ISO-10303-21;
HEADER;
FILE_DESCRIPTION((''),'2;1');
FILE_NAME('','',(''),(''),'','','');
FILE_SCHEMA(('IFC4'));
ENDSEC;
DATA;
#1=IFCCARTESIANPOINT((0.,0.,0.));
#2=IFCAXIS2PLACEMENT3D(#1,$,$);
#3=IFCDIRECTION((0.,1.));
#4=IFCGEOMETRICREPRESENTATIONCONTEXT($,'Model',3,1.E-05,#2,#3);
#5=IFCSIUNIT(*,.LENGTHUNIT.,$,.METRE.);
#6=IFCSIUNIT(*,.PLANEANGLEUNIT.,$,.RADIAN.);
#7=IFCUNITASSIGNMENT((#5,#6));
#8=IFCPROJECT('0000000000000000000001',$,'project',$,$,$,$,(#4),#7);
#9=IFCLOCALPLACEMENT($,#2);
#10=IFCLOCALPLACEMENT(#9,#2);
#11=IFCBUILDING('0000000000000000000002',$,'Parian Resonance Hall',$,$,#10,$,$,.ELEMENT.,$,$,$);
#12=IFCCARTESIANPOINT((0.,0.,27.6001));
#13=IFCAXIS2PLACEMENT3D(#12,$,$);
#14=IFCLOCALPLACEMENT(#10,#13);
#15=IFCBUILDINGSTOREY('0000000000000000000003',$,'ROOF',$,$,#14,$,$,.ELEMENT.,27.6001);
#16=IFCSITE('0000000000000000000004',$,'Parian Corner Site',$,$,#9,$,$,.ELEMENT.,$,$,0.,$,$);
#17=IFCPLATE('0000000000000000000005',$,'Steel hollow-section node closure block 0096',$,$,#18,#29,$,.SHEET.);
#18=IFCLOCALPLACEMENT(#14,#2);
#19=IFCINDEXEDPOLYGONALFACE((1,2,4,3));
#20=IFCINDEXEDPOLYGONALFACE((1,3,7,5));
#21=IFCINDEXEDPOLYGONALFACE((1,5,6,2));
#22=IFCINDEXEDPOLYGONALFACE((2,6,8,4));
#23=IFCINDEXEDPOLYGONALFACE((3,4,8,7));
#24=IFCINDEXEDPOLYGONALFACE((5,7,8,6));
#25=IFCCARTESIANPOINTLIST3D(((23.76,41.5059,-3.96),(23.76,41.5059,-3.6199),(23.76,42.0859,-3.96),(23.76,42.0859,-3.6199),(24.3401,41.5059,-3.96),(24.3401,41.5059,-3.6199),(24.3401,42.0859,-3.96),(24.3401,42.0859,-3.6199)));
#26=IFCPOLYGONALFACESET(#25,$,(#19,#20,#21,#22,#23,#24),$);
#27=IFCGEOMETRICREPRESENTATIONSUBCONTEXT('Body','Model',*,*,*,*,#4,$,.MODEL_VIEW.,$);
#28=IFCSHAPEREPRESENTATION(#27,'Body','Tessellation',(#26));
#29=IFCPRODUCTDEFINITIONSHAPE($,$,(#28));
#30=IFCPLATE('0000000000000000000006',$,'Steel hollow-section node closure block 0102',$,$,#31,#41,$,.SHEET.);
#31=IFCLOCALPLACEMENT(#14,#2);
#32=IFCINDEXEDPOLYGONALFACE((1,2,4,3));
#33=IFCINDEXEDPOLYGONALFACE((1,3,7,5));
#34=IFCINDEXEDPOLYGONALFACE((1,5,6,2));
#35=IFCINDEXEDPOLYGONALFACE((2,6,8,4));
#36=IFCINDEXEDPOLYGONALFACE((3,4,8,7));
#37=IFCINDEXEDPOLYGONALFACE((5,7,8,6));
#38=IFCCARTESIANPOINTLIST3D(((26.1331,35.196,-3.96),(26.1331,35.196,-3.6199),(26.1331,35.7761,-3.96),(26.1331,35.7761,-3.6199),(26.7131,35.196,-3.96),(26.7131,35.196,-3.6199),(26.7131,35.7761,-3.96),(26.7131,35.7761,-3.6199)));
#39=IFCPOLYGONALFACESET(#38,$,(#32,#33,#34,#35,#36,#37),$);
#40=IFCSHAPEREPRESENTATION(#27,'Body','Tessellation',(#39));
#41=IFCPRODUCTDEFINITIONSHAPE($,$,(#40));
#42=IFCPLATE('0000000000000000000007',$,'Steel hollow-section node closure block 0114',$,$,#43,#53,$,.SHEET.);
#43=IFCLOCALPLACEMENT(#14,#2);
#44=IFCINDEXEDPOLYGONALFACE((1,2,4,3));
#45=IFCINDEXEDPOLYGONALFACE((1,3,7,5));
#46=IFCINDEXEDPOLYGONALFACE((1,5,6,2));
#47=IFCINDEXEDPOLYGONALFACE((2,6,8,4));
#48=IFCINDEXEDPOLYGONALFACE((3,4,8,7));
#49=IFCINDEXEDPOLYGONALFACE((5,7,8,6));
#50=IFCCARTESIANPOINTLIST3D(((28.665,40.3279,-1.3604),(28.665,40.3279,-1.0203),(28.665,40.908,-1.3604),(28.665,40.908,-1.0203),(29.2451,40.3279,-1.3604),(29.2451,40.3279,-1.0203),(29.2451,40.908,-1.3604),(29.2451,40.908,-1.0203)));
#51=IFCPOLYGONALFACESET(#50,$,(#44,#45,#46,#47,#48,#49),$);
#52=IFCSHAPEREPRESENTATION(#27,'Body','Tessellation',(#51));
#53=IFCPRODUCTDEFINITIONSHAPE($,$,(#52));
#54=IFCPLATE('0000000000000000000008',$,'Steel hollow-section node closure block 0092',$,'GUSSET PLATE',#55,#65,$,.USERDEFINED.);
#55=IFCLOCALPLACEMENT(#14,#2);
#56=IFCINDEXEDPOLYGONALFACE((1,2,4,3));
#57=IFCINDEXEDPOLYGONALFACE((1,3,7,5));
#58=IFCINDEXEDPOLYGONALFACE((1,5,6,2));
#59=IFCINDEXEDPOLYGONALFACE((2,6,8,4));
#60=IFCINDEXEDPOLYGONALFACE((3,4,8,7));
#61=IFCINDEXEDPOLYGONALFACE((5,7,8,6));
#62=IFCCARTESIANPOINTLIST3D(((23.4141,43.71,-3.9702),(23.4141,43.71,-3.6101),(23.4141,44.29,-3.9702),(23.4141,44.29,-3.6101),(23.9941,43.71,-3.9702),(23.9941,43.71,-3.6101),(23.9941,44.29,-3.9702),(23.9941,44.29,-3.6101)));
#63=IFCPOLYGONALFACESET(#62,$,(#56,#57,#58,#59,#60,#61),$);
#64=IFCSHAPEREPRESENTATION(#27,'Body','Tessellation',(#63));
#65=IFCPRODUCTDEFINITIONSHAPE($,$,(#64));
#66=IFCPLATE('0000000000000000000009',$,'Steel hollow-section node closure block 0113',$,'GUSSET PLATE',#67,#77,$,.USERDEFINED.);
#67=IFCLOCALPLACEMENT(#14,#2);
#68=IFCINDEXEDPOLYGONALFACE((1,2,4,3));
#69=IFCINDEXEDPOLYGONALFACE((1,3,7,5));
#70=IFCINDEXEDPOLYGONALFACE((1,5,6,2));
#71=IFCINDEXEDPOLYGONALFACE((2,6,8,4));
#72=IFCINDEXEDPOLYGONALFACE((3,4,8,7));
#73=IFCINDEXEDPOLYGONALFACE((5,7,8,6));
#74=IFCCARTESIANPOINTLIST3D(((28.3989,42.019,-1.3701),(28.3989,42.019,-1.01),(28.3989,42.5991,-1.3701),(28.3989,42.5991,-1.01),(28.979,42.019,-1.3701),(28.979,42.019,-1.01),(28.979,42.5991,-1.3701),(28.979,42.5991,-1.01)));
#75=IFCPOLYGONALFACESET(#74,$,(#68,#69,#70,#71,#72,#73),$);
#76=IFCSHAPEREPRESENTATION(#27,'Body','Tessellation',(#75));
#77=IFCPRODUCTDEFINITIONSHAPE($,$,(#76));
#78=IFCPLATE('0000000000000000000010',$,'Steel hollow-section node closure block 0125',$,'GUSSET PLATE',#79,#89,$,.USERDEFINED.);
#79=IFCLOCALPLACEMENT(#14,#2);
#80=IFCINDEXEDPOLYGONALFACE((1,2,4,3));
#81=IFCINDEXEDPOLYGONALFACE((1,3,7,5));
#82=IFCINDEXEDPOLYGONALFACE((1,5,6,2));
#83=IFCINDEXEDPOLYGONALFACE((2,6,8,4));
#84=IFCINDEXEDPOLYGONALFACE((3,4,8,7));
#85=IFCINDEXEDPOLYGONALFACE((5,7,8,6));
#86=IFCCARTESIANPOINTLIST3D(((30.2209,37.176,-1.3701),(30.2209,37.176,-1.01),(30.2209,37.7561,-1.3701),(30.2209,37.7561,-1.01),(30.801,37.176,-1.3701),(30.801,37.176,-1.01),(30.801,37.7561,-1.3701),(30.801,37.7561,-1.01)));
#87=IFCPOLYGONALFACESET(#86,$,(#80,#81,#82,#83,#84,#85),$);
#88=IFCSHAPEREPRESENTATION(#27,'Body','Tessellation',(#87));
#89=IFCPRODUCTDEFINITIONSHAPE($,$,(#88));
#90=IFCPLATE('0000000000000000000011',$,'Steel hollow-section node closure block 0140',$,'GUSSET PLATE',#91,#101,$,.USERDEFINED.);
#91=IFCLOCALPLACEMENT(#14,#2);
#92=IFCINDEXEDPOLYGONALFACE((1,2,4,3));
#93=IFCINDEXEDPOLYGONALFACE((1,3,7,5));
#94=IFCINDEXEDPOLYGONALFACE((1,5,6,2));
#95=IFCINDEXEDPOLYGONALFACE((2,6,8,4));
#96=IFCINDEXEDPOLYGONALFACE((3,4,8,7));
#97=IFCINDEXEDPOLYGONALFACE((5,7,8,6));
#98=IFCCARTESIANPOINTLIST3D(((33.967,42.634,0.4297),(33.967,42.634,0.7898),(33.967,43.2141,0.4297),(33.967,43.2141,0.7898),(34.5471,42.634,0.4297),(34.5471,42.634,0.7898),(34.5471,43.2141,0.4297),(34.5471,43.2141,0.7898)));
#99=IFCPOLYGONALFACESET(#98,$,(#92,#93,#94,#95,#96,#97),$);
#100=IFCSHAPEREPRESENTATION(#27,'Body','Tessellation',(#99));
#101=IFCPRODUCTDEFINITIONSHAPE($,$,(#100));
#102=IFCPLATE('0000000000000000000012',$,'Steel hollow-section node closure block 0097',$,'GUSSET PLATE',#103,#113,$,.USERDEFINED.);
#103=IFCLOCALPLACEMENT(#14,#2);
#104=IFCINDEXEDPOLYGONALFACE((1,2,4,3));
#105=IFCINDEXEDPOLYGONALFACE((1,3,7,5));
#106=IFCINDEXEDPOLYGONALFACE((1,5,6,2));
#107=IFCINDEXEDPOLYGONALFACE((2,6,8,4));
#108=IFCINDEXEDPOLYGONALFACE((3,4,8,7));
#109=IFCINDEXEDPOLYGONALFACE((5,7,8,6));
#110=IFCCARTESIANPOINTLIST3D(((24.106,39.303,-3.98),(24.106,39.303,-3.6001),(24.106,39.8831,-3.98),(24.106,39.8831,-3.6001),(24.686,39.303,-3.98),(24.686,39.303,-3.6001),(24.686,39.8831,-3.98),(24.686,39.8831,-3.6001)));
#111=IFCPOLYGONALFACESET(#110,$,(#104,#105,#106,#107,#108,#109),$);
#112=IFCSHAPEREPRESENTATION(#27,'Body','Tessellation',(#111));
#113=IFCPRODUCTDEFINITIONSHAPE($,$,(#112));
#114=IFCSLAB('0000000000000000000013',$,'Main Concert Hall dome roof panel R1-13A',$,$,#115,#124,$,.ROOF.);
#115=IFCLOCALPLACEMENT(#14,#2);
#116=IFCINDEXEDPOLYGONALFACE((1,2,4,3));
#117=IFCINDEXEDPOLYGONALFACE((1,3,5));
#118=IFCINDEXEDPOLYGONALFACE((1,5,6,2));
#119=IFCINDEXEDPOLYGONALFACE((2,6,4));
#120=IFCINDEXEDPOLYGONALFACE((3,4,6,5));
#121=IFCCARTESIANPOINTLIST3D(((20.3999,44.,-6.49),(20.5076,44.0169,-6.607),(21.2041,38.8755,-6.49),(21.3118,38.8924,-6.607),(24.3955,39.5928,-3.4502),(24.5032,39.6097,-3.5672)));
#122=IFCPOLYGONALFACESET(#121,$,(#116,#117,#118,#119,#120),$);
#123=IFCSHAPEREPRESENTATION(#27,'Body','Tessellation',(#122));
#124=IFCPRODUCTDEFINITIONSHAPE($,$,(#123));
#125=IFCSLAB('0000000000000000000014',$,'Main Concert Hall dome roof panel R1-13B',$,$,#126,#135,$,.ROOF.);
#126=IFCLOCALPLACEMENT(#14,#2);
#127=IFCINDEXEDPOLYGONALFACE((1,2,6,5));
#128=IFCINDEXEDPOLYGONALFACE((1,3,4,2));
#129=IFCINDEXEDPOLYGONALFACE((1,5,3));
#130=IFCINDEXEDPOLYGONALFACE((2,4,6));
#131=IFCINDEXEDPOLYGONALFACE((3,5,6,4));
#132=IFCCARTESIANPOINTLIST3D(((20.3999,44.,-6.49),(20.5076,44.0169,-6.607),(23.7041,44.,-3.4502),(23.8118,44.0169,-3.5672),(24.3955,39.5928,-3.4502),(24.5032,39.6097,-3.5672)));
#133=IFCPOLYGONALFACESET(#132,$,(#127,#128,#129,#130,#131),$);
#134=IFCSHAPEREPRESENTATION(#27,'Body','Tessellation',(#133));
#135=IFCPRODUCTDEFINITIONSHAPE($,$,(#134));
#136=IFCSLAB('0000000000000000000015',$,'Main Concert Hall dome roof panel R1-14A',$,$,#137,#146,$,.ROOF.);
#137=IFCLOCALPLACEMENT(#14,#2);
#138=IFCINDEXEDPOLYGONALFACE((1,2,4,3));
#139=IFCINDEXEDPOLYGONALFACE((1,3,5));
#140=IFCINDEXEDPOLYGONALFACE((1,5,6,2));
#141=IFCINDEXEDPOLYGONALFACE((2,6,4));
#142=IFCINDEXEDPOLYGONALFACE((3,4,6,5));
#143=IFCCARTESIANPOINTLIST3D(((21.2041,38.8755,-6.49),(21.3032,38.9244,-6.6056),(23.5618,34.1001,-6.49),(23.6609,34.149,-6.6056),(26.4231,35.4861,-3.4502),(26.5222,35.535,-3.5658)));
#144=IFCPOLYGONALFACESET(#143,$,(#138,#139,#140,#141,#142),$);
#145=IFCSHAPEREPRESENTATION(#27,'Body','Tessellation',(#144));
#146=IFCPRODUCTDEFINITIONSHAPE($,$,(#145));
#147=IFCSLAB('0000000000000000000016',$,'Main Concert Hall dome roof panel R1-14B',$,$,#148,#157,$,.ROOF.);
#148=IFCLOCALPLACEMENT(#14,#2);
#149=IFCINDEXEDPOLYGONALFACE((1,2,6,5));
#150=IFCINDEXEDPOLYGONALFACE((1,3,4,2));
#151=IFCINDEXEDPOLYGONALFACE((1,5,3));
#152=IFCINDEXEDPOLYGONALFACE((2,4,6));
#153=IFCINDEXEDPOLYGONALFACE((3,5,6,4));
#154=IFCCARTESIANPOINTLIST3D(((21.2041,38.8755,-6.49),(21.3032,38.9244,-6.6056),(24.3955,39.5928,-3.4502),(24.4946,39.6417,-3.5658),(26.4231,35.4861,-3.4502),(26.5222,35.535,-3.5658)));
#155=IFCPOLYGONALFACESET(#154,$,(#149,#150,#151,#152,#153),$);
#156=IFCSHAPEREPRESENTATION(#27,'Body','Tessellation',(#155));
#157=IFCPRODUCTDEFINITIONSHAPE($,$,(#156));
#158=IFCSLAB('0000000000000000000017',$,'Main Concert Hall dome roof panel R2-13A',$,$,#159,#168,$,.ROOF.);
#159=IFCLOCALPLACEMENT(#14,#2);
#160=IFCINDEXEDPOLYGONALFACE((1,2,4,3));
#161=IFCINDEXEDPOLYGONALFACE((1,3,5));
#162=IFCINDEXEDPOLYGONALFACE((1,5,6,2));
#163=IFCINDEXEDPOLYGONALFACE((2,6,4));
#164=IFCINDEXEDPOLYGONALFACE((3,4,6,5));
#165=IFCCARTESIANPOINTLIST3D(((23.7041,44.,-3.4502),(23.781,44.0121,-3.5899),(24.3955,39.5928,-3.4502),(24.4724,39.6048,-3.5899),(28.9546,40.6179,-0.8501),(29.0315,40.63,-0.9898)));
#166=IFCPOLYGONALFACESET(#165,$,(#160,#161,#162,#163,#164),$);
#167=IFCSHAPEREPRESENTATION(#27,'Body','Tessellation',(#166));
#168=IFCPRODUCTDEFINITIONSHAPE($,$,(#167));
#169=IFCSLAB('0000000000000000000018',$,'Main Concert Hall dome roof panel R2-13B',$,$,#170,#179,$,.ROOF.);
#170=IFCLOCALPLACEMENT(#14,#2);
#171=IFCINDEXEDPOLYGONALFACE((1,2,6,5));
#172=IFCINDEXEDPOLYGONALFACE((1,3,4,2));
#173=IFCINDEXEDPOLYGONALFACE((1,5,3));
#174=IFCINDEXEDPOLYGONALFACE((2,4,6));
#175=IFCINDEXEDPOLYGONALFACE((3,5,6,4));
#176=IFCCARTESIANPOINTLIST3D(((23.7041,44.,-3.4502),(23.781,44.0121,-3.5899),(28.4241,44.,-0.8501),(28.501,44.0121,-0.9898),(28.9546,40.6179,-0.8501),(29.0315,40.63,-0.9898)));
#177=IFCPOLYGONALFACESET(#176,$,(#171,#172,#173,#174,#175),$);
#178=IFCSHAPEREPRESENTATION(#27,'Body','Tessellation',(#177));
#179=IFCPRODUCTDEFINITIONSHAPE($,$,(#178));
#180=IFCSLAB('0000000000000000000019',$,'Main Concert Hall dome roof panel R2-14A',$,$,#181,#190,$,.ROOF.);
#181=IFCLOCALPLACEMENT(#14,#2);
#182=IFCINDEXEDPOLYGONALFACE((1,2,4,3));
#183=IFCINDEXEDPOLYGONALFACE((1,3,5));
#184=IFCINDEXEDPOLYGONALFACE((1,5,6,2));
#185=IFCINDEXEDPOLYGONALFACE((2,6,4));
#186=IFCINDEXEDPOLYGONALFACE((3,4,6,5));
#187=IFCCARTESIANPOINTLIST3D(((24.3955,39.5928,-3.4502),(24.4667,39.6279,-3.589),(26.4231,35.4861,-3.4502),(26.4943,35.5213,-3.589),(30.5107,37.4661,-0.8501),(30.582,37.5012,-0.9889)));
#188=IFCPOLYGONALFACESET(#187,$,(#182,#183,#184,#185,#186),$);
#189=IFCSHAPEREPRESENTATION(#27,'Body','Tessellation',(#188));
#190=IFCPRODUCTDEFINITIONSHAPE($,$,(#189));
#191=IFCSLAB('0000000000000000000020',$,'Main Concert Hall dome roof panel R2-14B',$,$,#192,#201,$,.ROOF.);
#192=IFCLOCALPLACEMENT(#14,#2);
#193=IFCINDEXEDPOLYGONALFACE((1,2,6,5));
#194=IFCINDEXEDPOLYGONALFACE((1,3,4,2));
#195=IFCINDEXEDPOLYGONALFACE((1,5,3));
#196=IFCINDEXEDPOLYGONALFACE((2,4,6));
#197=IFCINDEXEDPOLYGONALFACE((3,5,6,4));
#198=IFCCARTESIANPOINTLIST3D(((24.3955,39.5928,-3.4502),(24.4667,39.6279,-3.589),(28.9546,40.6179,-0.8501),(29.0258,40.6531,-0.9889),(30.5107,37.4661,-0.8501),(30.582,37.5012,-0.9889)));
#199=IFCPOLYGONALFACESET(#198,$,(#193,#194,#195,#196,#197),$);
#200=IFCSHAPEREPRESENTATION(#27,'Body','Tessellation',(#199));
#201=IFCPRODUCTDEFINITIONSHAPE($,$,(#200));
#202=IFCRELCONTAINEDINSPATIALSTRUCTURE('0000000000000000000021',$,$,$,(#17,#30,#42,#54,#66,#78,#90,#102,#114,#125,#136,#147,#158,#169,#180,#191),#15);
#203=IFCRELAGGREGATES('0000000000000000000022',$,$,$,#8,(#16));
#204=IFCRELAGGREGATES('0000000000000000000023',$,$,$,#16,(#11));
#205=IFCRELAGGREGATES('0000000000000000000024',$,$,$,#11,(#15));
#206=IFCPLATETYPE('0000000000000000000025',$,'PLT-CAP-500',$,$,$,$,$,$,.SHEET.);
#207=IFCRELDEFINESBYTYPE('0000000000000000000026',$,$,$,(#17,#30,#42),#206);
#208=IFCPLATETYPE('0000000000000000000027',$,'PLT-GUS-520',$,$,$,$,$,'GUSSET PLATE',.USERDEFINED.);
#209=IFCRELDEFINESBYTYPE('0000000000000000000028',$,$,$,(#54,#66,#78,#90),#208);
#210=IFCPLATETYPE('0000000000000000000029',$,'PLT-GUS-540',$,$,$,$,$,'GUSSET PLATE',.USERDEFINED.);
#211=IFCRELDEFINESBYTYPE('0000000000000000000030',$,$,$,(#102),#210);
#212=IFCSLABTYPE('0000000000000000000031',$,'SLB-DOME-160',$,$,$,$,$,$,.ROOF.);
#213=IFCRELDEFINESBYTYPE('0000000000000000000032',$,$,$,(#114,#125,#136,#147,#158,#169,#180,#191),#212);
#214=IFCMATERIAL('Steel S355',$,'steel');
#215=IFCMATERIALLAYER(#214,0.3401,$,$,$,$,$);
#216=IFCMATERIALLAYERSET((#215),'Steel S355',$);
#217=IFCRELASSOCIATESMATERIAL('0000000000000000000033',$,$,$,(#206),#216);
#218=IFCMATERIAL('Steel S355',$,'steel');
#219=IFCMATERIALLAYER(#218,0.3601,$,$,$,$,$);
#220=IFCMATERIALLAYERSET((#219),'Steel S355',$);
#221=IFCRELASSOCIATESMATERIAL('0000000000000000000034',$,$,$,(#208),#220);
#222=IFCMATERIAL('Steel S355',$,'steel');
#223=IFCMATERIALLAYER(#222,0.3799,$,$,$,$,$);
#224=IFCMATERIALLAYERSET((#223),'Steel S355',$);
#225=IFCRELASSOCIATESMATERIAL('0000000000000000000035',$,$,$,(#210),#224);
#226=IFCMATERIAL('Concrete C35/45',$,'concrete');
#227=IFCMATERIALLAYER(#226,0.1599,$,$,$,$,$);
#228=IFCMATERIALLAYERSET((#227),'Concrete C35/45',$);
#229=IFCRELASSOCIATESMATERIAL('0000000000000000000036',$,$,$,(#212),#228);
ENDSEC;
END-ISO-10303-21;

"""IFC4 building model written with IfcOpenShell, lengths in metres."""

from ifc_helpers import new_model, si_unit, direction, frame, origin, origin_2d, place, context, subcontext, project, spatial, polyline, rectangle, outline, extrude, material, layer, layer_set, type_object, element, save


model = new_model("IFC4")

# Units and contexts
model_context = context("Model", 3, precision=1e-05, world=origin(), true_north=direction((0.0, 1.0)))
body_context = subcontext(model_context, "Body", "Model", "MODEL_VIEW")
ifc_project = project(units=[si_unit("LENGTHUNIT", "METRE"), si_unit("PLANEANGLEUNIT", "RADIAN")], contexts=[model_context])

# Site, building, storey
site_placement = place(None, origin())
site = spatial("IfcSite", under=ifc_project, at=site_placement, Name="Parian Corner Site", CompositionType="ELEMENT", RefElevation=0.0)
building_placement = place(site_placement, origin())
building = spatial("IfcBuilding", under=site, at=building_placement, Name="Parian Resonance Hall", CompositionType="ELEMENT")
storey_placement = place(building_placement, frame((0.0, 0.0, 27.6001)))
storey = spatial("IfcBuildingStorey", under=building, at=storey_placement, Name="ROOF", CompositionType="ELEMENT", Elevation=27.6001)

# Plates
ifc_material_1 = material(Name="Steel S355", Category="steel")
ifc_layer_1 = layer(ifc_material_1, 0.3401)
ifc_layer_set_1 = layer_set([ifc_layer_1], Name="Steel S355")
plate_type_1 = type_object("IfcPlateType", Name="PLT-CAP-500", PredefinedType="SHEET", material=ifc_layer_set_1)
for number, where, z_axis, x_axis, name in (
    (1, (24.05, 41.7959, -3.96), (0.0, 0.0, 1.0), (1.0, 0.0, 0.0), "Steel hollow-section node closure block 0096"),
    (2, (26.4231, 35.4861, -3.96), (0.0, 0.0, 1.0), (1.0, 0.0, 0.0), "Steel hollow-section node closure block 0102"),
    (3, (28.9551, 40.6179, -1.3604), (0.0, 0.0, 1.0), (1.0, 0.0, 0.0), "Steel hollow-section node closure block 0114"),
):
    element("IfcPlate", number, at=place(storey_placement, frame(where, z_axis=z_axis, x_axis=x_axis)), inside=storey, type_object=plate_type_1, Name=name, PredefinedType="SHEET", context=body_context, shape_type="SweptSolid", body=[
        extrude(rectangle(XDim=0.5801, YDim=0.5801, at=origin_2d()), origin(), (0.0, 0.0, 1.0), 0.3401),
    ])
ifc_material_2 = material(Name="Steel S355", Category="steel")
ifc_layer_2 = layer(ifc_material_2, 0.3601)
ifc_layer_set_2 = layer_set([ifc_layer_2], Name="Steel S355")
plate_type_2 = type_object("IfcPlateType", Name="PLT-GUS-520", ElementType="GUSSET PLATE", PredefinedType="USERDEFINED", material=ifc_layer_set_2)
for number, where, z_axis, x_axis, name in (
    (4, (23.7041, 44.0, -3.9702), (0.0, 0.0, 1.0), (1.0, 0.0, 0.0), "Steel hollow-section node closure block 0092"),
    (5, (28.689, 42.3091, -1.3701), (0.0, 0.0, 1.0), (1.0, 0.0, 0.0), "Steel hollow-section node closure block 0113"),
    (6, (30.511, 37.4661, -1.3701), (0.0, 0.0, 1.0), (1.0, 0.0, 0.0), "Steel hollow-section node closure block 0125"),
    (7, (34.2571, 42.9241, 0.4297), (0.0, 0.0, 1.0), (1.0, 0.0, 0.0), "Steel hollow-section node closure block 0140"),
):
    element("IfcPlate", number, at=place(storey_placement, frame(where, z_axis=z_axis, x_axis=x_axis)), inside=storey, type_object=plate_type_2, Name=name, ObjectType="GUSSET PLATE", PredefinedType="USERDEFINED", context=body_context, shape_type="SweptSolid", body=[
        extrude(rectangle(XDim=0.5801, YDim=0.5801, at=origin_2d()), origin(), (0.0, 0.0, 1.0), 0.3601),
    ])
ifc_material_3 = material(Name="Steel S355", Category="steel")
ifc_layer_3 = layer(ifc_material_3, 0.3799)
ifc_layer_set_3 = layer_set([ifc_layer_3], Name="Steel S355")
plate_type_3 = type_object("IfcPlateType", Name="PLT-GUS-540", ElementType="GUSSET PLATE", PredefinedType="USERDEFINED", material=ifc_layer_set_3)
plate_1_placement = place(storey_placement, frame((24.396, 39.593, -3.98), z_axis=(0.0, 0.0, 1.0), x_axis=(1.0, 0.0, 0.0)))
element("IfcPlate", 8, at=plate_1_placement, inside=storey, type_object=plate_type_3, Name="Steel hollow-section node closure block 0097", ObjectType="GUSSET PLATE", PredefinedType="USERDEFINED", context=body_context, shape_type="SweptSolid", body=[
    extrude(rectangle(XDim=0.5801, YDim=0.5801, at=origin_2d()), origin(), (0.0, 0.0, 1.0), 0.3799),
])

# Slabs
ifc_material_4 = material(Name="Concrete C35/45", Category="concrete")
ifc_layer_4 = layer(ifc_material_4, 0.1599)
ifc_layer_set_4 = layer_set([ifc_layer_4], Name="Concrete C35/45")
slab_type = type_object("IfcSlabType", Name="SLB-DOME-160", PredefinedType="ROOF", material=ifc_layer_set_4)
slab_1_placement = place(storey_placement, frame((20.3999, 44.0, -6.49), z_axis=(-0.673284, -0.10566, 0.731796), x_axis=(0.155034, -0.987909, 0.0)))
element("IfcSlab", 9, at=slab_1_placement, inside=storey, type_object=slab_type, Name="Main Concert Hall dome roof panel R1-13A", PredefinedType="ROOF", context=body_context, shape_type="SweptSolid", body=[
    extrude(outline(polyline([(0.0, 0.0), (5.1872, 0.0), (4.9734, 4.4603), (0.0, 0.0)])), origin(), (0.0, 0.0, -1.0), 0.1599),
])
slab_2_placement = place(storey_placement, frame((20.3999, 44.0, -6.49), z_axis=(-0.673261, -0.105621, 0.731822), x_axis=(0.598101, -0.659717, 0.455026)))
element("IfcSlab", 10, at=slab_2_placement, inside=storey, type_object=slab_type, Name="Main Concert Hall dome roof panel R1-13B", PredefinedType="ROOF", context=body_context, shape_type="SweptSolid", body=[
    extrude(outline(polyline([(0.0, 0.0), (6.6805, 0.0), (3.3594, 2.9786), (0.0, 0.0)])), origin(), (0.0, 0.0, -1.0), 0.1599),
])
slab_3_placement = place(storey_placement, frame((21.2041, 38.8755, -6.49), z_axis=(-0.61967, -0.305938, 0.72278), x_axis=(0.442697, -0.896671, 0.0)))
element("IfcSlab", 11, at=slab_3_placement, inside=storey, type_object=slab_type, Name="Main Concert Hall dome roof panel R1-14A", PredefinedType="ROOF", context=body_context, shape_type="SweptSolid", body=[
    extrude(outline(polyline([(0.0, 0.0), (5.3257, 0.0), (5.3496, 4.3986), (0.0, 0.0)])), origin(), (0.0, 0.0, -1.0), 0.1599),
])
slab_4_placement = place(storey_placement, frame((21.2041, 38.8755, -6.49), z_axis=(-0.619673, -0.30595, 0.722773), x_axis=(0.753561, -0.48939, 0.438911)))
element("IfcSlab", 12, at=slab_4_placement, inside=storey, type_object=slab_type, Name="Main Concert Hall dome roof panel R1-14B", PredefinedType="ROOF", context=body_context, shape_type="SweptSolid", body=[
    extrude(outline(polyline([(0.0, 0.0), (6.9258, 0.0), (3.3881, 2.9087), (0.0, 0.0)])), origin(), (0.0, 0.0, -1.0), 0.1599),
])
slab_5_placement = place(storey_placement, frame((23.7041, 44.0, -3.4502), z_axis=(-0.481133, -0.07548, 0.873392), x_axis=(0.154985, -0.987917, 0.0)))
element("IfcSlab", 13, at=slab_5_placement, inside=storey, type_object=slab_type, Name="Main Concert Hall dome roof panel R2-13A", PredefinedType="ROOF", context=body_context, shape_type="SweptSolid", body=[
    extrude(outline(polyline([(0.0, 0.0), (4.4611, 0.0), (4.155, 5.3388), (0.0, 0.0)])), origin(), (0.0, 0.0, -1.0), 0.1599),
])
slab_6_placement = place(storey_placement, frame((23.7041, 44.0, -3.4502), z_axis=(-0.481129, -0.07547, 0.873395), x_axis=(0.776114, -0.49993, 0.38434)))
element("IfcSlab", 14, at=slab_6_placement, inside=storey, type_object=slab_type, Name="Main Concert Hall dome roof panel R2-13B", PredefinedType="ROOF", context=body_context, shape_type="SweptSolid", body=[
    extrude(outline(polyline([(0.0, 0.0), (6.7651, 0.0), (4.6626, 2.7017), (0.0, 0.0)])), origin(), (0.0, 0.0, -1.0), 0.1599),
])
slab_7_placement = place(storey_placement, frame((24.3955, 39.5928, -3.4502), z_axis=(-0.445488, -0.21995, 0.867849), x_axis=(0.442709, -0.896665, 0.0)))
element("IfcSlab", 15, at=slab_7_placement, inside=storey, type_object=slab_type, Name="Main Concert Hall dome roof panel R2-14A", PredefinedType="ROOF", context=body_context, shape_type="SweptSolid", body=[
    extrude(outline(polyline([(0.0, 0.0), (4.58, 0.0), (4.6142, 5.2334), (0.0, 0.0)])), origin(), (0.0, 0.0, -1.0), 0.1599),
])
slab_8_placement = place(storey_placement, frame((24.3955, 39.5928, -3.4502), z_axis=(-0.445488, -0.219949, 0.86785), x_axis=(0.876476, -0.304814, 0.372663)))
element("IfcSlab", 16, at=slab_8_placement, inside=storey, type_object=slab_type, Name="Main Concert Hall dome roof panel R2-14B", PredefinedType="ROOF", context=body_context, shape_type="SweptSolid", body=[
    extrude(outline(polyline([(0.0, 0.0), (6.9771, 0.0), (4.6524, 2.6366), (0.0, 0.0)])), origin(), (0.0, 0.0, -1.0), 0.1599),
])

save(model, "model.ifc")
